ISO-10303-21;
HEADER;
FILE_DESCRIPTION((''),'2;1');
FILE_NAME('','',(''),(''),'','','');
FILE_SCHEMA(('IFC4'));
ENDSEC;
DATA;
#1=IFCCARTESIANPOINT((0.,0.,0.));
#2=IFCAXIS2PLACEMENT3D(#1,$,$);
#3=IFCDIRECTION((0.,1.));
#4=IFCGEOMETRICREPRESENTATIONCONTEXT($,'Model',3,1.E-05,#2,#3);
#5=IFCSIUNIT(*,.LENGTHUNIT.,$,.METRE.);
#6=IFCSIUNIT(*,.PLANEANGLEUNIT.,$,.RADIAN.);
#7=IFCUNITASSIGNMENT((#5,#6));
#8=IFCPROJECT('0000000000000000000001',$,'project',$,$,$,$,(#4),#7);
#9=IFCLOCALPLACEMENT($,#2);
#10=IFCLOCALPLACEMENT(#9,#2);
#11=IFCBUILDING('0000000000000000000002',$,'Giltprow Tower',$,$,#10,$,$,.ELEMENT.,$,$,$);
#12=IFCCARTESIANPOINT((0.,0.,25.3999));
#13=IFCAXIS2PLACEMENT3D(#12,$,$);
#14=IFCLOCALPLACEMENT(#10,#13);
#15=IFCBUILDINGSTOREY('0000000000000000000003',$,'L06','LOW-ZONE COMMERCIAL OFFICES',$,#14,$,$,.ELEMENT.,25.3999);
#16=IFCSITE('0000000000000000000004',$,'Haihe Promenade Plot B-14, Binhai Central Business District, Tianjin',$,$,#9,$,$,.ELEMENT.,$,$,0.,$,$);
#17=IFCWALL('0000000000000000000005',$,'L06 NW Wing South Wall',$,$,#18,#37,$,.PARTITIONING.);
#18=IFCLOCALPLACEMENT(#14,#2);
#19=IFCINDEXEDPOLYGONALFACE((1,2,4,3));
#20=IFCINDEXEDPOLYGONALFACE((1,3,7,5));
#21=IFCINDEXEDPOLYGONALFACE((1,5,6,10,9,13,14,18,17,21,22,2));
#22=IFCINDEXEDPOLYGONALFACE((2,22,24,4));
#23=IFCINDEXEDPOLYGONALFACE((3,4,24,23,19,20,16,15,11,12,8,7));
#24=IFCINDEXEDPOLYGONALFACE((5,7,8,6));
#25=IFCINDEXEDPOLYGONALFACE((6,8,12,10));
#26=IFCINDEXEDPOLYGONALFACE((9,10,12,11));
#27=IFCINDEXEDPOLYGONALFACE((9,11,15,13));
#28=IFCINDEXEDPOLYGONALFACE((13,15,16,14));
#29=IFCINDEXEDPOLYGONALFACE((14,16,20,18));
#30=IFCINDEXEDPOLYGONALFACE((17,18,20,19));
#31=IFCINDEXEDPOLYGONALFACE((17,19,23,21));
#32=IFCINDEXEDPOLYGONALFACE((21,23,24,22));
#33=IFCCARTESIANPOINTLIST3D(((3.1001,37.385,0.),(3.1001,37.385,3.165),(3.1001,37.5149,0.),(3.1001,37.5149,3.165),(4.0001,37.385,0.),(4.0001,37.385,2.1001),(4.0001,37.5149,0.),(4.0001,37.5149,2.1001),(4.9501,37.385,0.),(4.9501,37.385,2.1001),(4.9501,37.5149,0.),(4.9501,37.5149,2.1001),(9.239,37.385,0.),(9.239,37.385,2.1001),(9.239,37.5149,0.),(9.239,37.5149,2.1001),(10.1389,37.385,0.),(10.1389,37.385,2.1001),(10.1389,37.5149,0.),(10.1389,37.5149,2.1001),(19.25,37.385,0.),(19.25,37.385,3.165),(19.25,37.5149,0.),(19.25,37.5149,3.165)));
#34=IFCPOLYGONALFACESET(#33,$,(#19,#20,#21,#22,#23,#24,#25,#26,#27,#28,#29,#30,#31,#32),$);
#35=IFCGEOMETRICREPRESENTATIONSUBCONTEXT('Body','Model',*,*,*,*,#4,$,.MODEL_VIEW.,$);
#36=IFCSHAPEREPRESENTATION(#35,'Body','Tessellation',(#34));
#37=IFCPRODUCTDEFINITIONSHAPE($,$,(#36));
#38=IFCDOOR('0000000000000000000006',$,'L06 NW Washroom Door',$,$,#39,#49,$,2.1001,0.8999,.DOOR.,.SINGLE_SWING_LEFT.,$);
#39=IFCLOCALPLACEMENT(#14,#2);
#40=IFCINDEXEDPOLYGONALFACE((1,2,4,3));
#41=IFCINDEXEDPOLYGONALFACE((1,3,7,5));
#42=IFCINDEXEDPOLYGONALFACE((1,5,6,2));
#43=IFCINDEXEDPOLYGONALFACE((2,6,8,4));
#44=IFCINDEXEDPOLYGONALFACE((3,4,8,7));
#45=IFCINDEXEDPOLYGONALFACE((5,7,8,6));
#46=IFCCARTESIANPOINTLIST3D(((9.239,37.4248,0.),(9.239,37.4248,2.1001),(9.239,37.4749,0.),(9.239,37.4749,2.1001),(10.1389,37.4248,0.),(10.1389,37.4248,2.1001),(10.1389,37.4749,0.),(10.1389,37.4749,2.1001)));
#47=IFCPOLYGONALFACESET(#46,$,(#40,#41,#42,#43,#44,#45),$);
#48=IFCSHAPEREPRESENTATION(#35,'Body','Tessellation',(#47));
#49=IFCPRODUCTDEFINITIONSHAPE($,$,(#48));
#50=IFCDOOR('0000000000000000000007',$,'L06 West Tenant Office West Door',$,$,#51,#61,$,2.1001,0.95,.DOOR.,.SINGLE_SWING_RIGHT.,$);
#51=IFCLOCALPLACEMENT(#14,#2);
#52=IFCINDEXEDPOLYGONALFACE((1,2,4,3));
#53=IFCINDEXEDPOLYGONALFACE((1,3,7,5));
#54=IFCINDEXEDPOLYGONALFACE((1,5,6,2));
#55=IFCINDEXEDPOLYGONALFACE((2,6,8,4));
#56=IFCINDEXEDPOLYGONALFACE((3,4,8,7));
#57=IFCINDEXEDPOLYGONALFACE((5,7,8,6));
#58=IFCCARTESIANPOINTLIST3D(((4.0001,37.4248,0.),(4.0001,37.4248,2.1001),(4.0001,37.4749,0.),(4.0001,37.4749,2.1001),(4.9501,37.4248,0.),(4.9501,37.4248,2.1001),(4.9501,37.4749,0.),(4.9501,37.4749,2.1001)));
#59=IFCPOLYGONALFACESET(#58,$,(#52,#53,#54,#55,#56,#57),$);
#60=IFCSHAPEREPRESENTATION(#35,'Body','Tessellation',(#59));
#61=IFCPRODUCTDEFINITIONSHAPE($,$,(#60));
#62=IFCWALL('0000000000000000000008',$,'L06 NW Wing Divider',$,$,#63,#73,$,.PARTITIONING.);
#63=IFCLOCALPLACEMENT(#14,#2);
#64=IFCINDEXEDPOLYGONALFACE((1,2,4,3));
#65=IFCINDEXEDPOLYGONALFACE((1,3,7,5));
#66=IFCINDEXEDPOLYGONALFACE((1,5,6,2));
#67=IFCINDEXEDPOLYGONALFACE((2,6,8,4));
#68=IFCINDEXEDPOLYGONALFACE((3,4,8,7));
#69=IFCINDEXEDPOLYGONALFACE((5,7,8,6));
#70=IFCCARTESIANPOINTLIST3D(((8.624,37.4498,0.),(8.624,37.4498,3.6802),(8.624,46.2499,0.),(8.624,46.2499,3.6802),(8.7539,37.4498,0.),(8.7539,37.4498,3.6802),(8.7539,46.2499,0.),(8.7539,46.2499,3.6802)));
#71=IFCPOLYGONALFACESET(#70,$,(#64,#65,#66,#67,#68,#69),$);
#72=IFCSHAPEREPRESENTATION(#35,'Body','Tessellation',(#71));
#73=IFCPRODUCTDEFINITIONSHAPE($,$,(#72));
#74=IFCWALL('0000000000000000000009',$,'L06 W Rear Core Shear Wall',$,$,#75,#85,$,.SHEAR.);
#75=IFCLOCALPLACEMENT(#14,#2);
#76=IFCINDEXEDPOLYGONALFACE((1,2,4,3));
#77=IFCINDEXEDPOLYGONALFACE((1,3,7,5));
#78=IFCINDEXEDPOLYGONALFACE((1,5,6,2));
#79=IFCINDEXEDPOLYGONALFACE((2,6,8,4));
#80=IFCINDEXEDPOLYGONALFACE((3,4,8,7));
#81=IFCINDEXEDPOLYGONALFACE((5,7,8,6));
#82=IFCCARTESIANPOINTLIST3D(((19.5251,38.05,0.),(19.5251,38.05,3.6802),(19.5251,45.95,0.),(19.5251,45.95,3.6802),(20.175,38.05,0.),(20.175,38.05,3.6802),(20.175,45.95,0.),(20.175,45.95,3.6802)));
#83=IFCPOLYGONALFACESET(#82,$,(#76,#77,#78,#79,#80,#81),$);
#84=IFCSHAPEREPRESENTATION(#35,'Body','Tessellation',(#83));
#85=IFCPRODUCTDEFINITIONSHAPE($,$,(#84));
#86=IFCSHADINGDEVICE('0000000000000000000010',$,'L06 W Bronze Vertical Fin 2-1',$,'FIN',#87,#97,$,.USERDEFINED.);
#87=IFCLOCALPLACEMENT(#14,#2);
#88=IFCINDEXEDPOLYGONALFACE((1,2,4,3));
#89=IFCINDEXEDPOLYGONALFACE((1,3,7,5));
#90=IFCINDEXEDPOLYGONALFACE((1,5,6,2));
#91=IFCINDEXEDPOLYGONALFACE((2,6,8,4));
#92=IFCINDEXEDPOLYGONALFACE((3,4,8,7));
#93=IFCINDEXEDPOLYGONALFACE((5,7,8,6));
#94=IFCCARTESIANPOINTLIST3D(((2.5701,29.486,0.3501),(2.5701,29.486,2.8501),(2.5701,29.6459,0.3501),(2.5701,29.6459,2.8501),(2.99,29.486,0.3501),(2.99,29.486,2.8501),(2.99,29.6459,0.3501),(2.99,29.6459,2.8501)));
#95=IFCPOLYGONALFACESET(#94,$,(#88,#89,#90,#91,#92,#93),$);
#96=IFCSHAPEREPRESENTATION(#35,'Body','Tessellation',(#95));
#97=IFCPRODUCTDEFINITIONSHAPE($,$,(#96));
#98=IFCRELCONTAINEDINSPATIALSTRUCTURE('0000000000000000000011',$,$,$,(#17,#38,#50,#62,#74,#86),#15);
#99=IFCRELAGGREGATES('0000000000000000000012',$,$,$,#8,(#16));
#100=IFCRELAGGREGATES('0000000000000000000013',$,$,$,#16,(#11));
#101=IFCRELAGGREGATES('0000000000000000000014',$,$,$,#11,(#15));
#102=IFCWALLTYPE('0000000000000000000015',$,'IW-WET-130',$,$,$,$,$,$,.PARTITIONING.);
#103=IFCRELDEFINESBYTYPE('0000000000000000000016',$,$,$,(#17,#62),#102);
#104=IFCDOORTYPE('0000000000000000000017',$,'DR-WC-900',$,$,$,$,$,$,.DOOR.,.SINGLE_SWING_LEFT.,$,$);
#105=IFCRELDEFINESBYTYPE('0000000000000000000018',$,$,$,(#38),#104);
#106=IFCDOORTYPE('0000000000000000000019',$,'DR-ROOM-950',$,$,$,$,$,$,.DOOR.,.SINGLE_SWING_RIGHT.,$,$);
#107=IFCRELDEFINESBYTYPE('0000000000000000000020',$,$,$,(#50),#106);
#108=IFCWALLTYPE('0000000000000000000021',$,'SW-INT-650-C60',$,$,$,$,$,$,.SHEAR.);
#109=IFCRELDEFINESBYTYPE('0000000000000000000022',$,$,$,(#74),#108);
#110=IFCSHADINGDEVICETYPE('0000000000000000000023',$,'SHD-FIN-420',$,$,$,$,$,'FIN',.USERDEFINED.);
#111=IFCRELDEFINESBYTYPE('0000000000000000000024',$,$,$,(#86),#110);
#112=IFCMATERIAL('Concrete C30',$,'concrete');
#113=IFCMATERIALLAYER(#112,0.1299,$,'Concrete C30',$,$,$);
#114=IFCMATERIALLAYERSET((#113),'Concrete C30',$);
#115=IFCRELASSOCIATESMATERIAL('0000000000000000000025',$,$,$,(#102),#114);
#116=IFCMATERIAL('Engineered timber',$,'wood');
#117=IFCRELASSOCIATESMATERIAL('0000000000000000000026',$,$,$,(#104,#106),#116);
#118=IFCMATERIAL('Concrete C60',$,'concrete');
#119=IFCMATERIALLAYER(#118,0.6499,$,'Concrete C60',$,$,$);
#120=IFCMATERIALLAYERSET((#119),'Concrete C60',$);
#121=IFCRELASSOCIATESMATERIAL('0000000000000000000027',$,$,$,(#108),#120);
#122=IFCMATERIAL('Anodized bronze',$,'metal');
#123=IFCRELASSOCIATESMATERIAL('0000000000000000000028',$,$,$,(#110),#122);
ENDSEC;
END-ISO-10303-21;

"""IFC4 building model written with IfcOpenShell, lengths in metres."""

from ifc_helpers import new_model, si_unit, direction, frame, frame_2d, origin, origin_2d, place, context, subcontext, project, spatial, rectangle, extrude, source, transform, mapped, material, layer, layer_set, type_object, element, fill, save


model = new_model("IFC4")

# Units and contexts
model_context = context("Model", 3, precision=1e-05, world=origin(), true_north=direction((0.0, 1.0)))
body_context = subcontext(model_context, "Body", "Model", "MODEL_VIEW")
ifc_project = project(units=[si_unit("LENGTHUNIT", "METRE"), si_unit("PLANEANGLEUNIT", "RADIAN")], contexts=[model_context])

# Site, building, storey
site_placement = place(None, origin())
site = spatial("IfcSite", under=ifc_project, at=site_placement, Name="Haihe Promenade Plot B-14, Binhai Central Business District, Tianjin", CompositionType="ELEMENT", RefElevation=0.0)
building_placement = place(site_placement, origin())
building = spatial("IfcBuilding", under=site, at=building_placement, Name="Giltprow Tower", CompositionType="ELEMENT")
storey_placement = place(building_placement, frame((0.0, 0.0, 25.3999)))
storey = spatial("IfcBuildingStorey", under=building, at=storey_placement, Name="L06", Description="LOW-ZONE COMMERCIAL OFFICES", CompositionType="ELEMENT", Elevation=25.3999)

# Shared definitions
ifc_material_1 = material(Name="Concrete C60", Category="concrete")

# Shared definitions
ifc_material_2 = material(Name="Engineered timber", Category="wood")

# Wall, openings, doors
ifc_material_3 = material(Name="Concrete C30", Category="concrete")
ifc_layer_1 = layer(ifc_material_3, 0.1299, Name="Concrete C30")
ifc_layer_set_1 = layer_set([ifc_layer_1], Name="Concrete C30")
wall_type_1 = type_object("IfcWallType", Name="IW-WET-130", PredefinedType="PARTITIONING", material=ifc_layer_set_1)
wall_1_placement = place(storey_placement, frame((3.1001, 37.45, 0.0), z_axis=(0.0, 0.0, 1.0), x_axis=(1.0, 0.0, 0.0)))
wall_1 = element("IfcWall", 1, at=wall_1_placement, inside=storey, type_object=wall_type_1, Name="L06 NW Wing South Wall", PredefinedType="PARTITIONING", context=body_context, shape_type="SweptSolid", body=[
    extrude(rectangle(XDim=16.1499, YDim=0.1299, at=frame_2d((8.075, 0.0))), origin(), (0.0, 0.0, 1.0), 3.165),
])
opening_1_placement = place(wall_1_placement, frame((0.8999, 0.0, 0.0)))
opening_1 = element("IfcOpeningElement", 2, at=opening_1_placement, cuts=wall_1, PredefinedType="OPENING", context=body_context, shape_type="SweptSolid", body=[
    extrude(rectangle(XDim=0.95, YDim=2.1001, at=frame_2d((0.4751, 1.05))), frame((0.0, 0.075, 0.0), z_axis=(0.0, -1.0, 0.0), x_axis=(1.0, 0.0, 0.0)), (0.0, 0.0, 1.0), 0.1499),
])
opening_2_placement = place(wall_1_placement, frame((6.1389, 0.0, 0.0)))
opening_2 = element("IfcOpeningElement", 3, at=opening_2_placement, cuts=wall_1, PredefinedType="OPENING", context=body_context, shape_type="SweptSolid", body=[
    extrude(rectangle(XDim=0.8999, YDim=2.1001, at=frame_2d((0.45, 1.05))), frame((0.0, 0.075, 0.0), z_axis=(0.0, -1.0, 0.0), x_axis=(1.0, 0.0, 0.0)), (0.0, 0.0, 1.0), 0.1499),
])
door_type_1 = type_object("IfcDoorType", Name="DR-WC-900", OperationType="SINGLE_SWING_LEFT", PredefinedType="DOOR", material=ifc_material_2)
shared_shape_1 = source(origin(), body_context, "Body", "SweptSolid", [
    extrude(rectangle(XDim=0.8999, YDim=2.1001, at=frame_2d((0.45, 1.05))), frame((0.0, 0.0249, 0.0), z_axis=(0.0, -1.0, 0.0), x_axis=(1.0, 0.0, 0.0)), (0.0, 0.0, 1.0), 0.05),
])
door_1_placement = place(opening_2_placement, origin())
door_1 = element("IfcDoor", 4, at=door_1_placement, inside=storey, type_object=door_type_1, Name="L06 NW Washroom Door", OperationType="SINGLE_SWING_LEFT", OverallHeight=2.1001, OverallWidth=0.8999, PredefinedType="DOOR", context=body_context, shape_type="MappedRepresentation", body=[
    mapped(shared_shape_1, transform((0.0, 0.0, 0.0), x_axis=(1.0, 0.0, 0.0), y_axis=(0.0, 1.0, 0.0), z_axis=(0.0, 0.0, 1.0), scale=1.0)),
])
fill(opening_2, door_1)
door_type_2 = type_object("IfcDoorType", Name="DR-ROOM-950", OperationType="SINGLE_SWING_RIGHT", PredefinedType="DOOR", material=ifc_material_2)
shared_shape_2 = source(origin(), body_context, "Body", "SweptSolid", [
    extrude(rectangle(XDim=0.95, YDim=2.1001, at=frame_2d((0.4751, 1.05))), frame((0.0, 0.0249, 0.0), z_axis=(0.0, -1.0, 0.0), x_axis=(1.0, 0.0, 0.0)), (0.0, 0.0, 1.0), 0.05),
])
door_2_placement = place(opening_1_placement, origin())
door_2 = element("IfcDoor", 5, at=door_2_placement, inside=storey, type_object=door_type_2, Name="L06 West Tenant Office West Door", OperationType="SINGLE_SWING_RIGHT", OverallHeight=2.1001, OverallWidth=0.95, PredefinedType="DOOR", context=body_context, shape_type="MappedRepresentation", body=[
    mapped(shared_shape_2, transform((0.0, 0.0, 0.0), x_axis=(1.0, 0.0, 0.0), y_axis=(0.0, 1.0, 0.0), z_axis=(0.0, 0.0, 1.0), scale=1.0)),
])
fill(opening_1, door_2)

# Walls
wall_2_placement = place(storey_placement, frame((8.689, 37.45, 0.0), z_axis=(0.0, 0.0, 1.0), x_axis=(0.0, 1.0, 0.0)))
element("IfcWall", 6, at=wall_2_placement, inside=storey, type_object=wall_type_1, Name="L06 NW Wing Divider", PredefinedType="PARTITIONING", context=body_context, shape_type="SweptSolid", body=[
    extrude(rectangle(XDim=8.8, YDim=0.1299, at=frame_2d((4.3999, 0.0))), origin(), (0.0, 0.0, 1.0), 3.6802),
])
ifc_layer_2 = layer(ifc_material_1, 0.6499, Name="Concrete C60")
ifc_layer_set_2 = layer_set([ifc_layer_2], Name="Concrete C60")
wall_type_2 = type_object("IfcWallType", Name="SW-INT-650-C60", PredefinedType="SHEAR", material=ifc_layer_set_2)
wall_3_placement = place(storey_placement, frame((19.8501, 38.05, 0.0), z_axis=(0.0, 0.0, 1.0), x_axis=(0.0, 1.0, 0.0)))
element("IfcWall", 7, at=wall_3_placement, inside=storey, type_object=wall_type_2, Name="L06 W Rear Core Shear Wall", PredefinedType="SHEAR", context=body_context, shape_type="SweptSolid", body=[
    extrude(rectangle(XDim=7.8999, YDim=0.6499, at=frame_2d((3.95, 0.0))), origin(), (0.0, 0.0, 1.0), 3.6802),
])

# Shading device
ifc_material_4 = material(Name="Anodized bronze", Category="metal")
shading_device_type = type_object("IfcShadingDeviceType", Name="SHD-FIN-420", ElementType="FIN", PredefinedType="USERDEFINED", material=ifc_material_4)
shared_shape_3 = source(origin(), body_context, "Body", "SweptSolid", [
    extrude(rectangle(XDim=0.4199, YDim=0.1599, at=origin_2d()), origin(), (0.0, 0.0, 1.0), 2.5),
])
shading_device_placement = place(storey_placement, frame((2.78, 29.5659, 0.3501), z_axis=(0.0, 0.0, 1.0), x_axis=(1.0, 0.0, 0.0)))
element("IfcShadingDevice", 8, at=shading_device_placement, inside=storey, type_object=shading_device_type, Name="L06 W Bronze Vertical Fin 2-1", ObjectType="FIN", PredefinedType="USERDEFINED", context=body_context, shape_type="MappedRepresentation", body=[
    mapped(shared_shape_3, transform((0.0, 0.0, 0.0), x_axis=(1.0, 0.0, 0.0), y_axis=(0.0, 1.0, 0.0), z_axis=(0.0, 0.0, 1.0), scale=1.0)),
])

save(model, "model.ifc")
